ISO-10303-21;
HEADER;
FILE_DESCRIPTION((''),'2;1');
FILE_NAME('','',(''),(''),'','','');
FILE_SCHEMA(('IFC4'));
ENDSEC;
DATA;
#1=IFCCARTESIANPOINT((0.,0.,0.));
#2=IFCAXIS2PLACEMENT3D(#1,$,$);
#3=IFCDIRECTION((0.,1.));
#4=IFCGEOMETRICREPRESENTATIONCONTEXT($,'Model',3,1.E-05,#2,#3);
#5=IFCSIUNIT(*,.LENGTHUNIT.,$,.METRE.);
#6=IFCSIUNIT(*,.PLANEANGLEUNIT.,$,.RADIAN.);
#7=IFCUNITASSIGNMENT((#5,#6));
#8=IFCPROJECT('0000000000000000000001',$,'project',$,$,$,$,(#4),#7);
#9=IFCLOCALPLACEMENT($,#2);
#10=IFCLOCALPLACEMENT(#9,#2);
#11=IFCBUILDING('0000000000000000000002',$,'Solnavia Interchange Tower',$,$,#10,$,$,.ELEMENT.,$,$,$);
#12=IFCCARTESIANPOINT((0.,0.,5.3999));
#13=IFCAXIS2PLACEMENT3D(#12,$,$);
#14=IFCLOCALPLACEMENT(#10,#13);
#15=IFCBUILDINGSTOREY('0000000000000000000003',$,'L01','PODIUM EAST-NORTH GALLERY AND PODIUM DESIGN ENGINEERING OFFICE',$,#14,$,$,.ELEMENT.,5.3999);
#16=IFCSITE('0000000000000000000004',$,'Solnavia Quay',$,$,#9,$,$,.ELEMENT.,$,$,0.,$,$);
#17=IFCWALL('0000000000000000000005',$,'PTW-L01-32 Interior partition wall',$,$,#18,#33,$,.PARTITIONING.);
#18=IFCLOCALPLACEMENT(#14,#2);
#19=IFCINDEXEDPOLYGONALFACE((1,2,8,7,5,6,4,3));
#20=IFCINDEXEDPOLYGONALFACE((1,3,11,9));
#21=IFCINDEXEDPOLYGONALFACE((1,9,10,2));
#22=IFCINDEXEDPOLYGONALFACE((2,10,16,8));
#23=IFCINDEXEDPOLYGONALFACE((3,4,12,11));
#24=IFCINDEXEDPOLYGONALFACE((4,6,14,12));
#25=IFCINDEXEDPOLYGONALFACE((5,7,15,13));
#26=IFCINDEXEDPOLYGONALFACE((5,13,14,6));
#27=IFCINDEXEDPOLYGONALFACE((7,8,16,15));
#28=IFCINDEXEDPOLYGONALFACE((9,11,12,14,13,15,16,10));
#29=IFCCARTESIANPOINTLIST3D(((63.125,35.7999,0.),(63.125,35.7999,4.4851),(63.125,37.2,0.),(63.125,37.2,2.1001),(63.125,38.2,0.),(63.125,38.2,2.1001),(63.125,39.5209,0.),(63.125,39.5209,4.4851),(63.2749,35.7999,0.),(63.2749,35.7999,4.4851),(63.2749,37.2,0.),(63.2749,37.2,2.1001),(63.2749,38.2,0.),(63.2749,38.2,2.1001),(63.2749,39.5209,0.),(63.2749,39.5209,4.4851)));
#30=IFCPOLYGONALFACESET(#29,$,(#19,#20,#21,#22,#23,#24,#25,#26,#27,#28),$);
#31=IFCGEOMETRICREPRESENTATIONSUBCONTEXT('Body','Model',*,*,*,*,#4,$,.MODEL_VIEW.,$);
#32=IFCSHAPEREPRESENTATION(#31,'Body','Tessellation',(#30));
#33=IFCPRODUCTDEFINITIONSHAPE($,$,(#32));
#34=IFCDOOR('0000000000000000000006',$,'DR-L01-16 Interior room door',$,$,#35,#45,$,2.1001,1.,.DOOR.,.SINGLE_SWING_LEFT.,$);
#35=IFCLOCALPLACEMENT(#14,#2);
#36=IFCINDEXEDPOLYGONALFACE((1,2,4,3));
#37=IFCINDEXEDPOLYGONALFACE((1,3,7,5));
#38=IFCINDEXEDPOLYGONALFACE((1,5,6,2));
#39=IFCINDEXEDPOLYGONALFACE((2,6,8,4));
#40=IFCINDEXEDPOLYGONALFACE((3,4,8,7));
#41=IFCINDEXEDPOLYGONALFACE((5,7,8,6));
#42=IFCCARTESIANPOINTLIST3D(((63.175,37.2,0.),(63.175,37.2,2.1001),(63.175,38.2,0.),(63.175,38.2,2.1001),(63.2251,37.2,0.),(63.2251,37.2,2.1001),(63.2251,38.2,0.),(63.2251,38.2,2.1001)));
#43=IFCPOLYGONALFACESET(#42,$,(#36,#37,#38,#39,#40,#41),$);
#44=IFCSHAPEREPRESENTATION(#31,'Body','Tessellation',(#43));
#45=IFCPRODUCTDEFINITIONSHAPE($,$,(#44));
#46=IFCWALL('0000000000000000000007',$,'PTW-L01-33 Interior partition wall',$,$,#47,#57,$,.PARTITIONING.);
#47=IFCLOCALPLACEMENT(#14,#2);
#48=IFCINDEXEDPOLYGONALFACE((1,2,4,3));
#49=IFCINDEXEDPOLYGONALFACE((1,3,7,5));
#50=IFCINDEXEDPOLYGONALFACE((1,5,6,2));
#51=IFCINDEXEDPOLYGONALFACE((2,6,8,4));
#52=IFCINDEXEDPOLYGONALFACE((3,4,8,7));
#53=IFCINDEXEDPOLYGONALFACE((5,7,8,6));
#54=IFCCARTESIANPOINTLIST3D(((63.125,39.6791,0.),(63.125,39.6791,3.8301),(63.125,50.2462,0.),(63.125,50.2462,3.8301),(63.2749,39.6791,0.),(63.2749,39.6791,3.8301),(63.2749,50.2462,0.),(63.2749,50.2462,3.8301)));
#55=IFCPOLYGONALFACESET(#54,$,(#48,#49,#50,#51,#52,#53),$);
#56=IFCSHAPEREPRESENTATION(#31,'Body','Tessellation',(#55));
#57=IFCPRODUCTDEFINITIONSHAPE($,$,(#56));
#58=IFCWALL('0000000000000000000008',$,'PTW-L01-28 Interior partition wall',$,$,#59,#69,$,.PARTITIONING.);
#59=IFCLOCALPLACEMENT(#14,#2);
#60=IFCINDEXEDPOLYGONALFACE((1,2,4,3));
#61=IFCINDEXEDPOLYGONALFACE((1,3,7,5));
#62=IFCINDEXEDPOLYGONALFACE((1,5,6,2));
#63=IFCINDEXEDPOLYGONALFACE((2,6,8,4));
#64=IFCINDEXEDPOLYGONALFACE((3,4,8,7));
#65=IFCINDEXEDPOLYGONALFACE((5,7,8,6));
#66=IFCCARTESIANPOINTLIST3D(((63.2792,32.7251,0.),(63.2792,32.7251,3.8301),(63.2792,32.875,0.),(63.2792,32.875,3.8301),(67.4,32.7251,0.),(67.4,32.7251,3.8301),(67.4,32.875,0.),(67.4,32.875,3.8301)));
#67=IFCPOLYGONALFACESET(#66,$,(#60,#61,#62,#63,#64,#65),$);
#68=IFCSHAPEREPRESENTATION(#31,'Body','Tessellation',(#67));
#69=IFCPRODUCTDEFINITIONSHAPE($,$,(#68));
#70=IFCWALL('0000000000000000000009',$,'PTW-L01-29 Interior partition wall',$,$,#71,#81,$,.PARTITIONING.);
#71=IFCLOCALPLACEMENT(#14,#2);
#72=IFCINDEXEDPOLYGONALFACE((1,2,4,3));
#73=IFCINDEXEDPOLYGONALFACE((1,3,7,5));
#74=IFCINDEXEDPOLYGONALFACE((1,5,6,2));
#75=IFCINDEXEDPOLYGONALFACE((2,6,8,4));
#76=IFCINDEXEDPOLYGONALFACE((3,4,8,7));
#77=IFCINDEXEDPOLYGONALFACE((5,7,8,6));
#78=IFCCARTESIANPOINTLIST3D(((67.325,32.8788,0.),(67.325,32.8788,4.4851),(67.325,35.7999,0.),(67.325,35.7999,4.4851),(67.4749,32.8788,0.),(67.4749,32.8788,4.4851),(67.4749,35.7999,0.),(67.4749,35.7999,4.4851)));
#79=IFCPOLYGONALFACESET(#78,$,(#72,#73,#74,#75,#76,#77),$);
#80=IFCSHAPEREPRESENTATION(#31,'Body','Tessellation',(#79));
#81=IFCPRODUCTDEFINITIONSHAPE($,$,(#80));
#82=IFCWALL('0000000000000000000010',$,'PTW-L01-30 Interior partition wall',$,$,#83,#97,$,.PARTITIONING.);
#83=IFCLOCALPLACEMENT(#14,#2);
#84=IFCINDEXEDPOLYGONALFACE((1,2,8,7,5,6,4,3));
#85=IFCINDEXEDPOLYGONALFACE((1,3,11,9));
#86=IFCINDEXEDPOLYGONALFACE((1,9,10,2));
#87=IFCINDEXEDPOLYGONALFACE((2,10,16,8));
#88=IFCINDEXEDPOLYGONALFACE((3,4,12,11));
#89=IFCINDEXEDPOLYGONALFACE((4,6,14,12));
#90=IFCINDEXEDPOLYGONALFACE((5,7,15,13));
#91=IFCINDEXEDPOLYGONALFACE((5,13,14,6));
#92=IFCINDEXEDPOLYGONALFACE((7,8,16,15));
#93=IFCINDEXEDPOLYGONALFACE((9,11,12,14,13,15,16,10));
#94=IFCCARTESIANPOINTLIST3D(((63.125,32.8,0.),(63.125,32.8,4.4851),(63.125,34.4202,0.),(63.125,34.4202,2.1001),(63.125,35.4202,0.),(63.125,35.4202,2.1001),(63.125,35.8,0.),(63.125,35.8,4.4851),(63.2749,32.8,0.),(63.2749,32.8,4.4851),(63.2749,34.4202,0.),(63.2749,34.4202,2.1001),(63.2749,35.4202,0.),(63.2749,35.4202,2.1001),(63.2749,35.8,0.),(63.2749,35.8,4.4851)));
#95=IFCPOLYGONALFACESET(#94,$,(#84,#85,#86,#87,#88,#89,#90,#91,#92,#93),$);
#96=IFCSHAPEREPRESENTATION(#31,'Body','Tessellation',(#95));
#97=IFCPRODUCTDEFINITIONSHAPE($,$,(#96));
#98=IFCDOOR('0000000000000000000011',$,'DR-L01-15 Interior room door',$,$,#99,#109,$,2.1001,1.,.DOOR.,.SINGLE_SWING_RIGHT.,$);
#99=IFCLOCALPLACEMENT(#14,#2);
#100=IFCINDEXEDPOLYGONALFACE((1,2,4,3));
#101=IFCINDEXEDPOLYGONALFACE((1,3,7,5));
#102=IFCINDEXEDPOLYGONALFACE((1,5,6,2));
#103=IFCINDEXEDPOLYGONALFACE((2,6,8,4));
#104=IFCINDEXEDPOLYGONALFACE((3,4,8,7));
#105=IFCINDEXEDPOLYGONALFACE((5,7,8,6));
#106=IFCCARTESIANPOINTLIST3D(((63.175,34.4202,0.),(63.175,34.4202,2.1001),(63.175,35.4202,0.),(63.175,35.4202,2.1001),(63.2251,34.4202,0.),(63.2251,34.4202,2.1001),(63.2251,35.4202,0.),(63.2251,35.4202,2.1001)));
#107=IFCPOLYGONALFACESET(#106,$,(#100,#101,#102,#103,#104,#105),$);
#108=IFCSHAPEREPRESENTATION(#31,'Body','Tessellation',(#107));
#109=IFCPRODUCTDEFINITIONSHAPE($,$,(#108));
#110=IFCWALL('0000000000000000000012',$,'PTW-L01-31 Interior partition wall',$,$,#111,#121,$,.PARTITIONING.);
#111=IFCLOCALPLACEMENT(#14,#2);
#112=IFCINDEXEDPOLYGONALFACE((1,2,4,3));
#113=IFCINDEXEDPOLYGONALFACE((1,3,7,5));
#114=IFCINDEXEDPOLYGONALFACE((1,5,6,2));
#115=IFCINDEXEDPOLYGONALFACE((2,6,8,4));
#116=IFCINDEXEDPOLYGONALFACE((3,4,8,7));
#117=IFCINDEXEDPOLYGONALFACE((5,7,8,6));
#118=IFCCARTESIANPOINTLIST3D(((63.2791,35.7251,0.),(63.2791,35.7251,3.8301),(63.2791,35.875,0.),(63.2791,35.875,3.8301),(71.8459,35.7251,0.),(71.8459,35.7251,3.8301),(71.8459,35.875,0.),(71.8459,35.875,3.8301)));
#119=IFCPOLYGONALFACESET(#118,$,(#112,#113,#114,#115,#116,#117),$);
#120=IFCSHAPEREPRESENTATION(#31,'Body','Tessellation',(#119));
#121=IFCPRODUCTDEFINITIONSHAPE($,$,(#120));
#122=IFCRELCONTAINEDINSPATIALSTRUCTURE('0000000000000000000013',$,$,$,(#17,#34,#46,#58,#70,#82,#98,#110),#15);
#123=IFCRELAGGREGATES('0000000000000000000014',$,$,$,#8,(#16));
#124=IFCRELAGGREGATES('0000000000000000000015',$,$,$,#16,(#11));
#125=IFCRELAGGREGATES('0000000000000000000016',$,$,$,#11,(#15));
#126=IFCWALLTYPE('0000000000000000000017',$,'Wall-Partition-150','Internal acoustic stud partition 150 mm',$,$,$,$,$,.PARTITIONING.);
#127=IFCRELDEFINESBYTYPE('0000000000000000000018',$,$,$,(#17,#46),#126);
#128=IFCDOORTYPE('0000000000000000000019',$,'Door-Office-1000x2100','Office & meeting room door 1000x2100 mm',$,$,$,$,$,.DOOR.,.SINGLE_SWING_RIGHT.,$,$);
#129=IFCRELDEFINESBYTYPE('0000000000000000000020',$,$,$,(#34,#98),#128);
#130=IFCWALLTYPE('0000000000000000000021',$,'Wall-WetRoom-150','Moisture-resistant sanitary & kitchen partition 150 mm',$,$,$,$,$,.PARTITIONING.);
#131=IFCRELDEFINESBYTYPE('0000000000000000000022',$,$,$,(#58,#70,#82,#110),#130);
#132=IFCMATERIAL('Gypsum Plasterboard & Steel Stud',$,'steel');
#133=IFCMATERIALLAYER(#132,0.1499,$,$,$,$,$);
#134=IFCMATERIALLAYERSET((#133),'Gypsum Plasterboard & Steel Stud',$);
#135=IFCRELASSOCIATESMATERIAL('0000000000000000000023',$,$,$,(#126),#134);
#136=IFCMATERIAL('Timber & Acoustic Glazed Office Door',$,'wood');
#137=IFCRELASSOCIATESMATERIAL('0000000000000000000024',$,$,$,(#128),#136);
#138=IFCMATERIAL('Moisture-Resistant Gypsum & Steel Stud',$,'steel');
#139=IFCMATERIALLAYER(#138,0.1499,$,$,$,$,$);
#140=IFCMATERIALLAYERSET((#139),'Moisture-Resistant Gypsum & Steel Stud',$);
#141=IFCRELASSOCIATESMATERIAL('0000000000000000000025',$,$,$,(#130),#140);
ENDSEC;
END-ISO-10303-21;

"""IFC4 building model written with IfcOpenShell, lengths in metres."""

from ifc_helpers import new_model, si_unit, direction, frame, frame_2d, origin, place, context, subcontext, project, spatial, rectangle, extrude, material, layer, layer_set, type_object, element, fill, save


model = new_model("IFC4")

# Units and contexts
model_context = context("Model", 3, precision=1e-05, world=origin(), true_north=direction((0.0, 1.0)))
body_context = subcontext(model_context, "Body", "Model", "MODEL_VIEW")
ifc_project = project(units=[si_unit("LENGTHUNIT", "METRE"), si_unit("PLANEANGLEUNIT", "RADIAN")], contexts=[model_context])

# Site, building, storey
site_placement = place(None, origin())
site = spatial("IfcSite", under=ifc_project, at=site_placement, Name="Solnavia Quay", CompositionType="ELEMENT", RefElevation=0.0)
building_placement = place(site_placement, origin())
building = spatial("IfcBuilding", under=site, at=building_placement, Name="Solnavia Interchange Tower", CompositionType="ELEMENT")
storey_placement = place(building_placement, frame((0.0, 0.0, 5.3999)))
storey = spatial("IfcBuildingStorey", under=building, at=storey_placement, Name="L01", Description="PODIUM EAST-NORTH GALLERY AND PODIUM DESIGN ENGINEERING OFFICE", CompositionType="ELEMENT", Elevation=5.3999)

# Wall, opening, door
ifc_material_1 = material(Name="Gypsum Plasterboard & Steel Stud", Category="steel")
ifc_layer_1 = layer(ifc_material_1, 0.1499)
ifc_layer_set_1 = layer_set([ifc_layer_1], Name="Gypsum Plasterboard & Steel Stud")
wall_type_1 = type_object("IfcWallType", Name="Wall-Partition-150", Description="Internal acoustic stud partition 150 mm", PredefinedType="PARTITIONING", material=ifc_layer_set_1)
wall_1_placement = place(storey_placement, frame((63.2, 35.8, 0.0), z_axis=(0.0, 0.0, 1.0), x_axis=(0.0, 1.0, 0.0)))
wall_1 = element("IfcWall", 1, at=wall_1_placement, inside=storey, type_object=wall_type_1, Name="PTW-L01-32 Interior partition wall", PredefinedType="PARTITIONING", context=body_context, shape_type="SweptSolid", body=[
    extrude(rectangle(XDim=3.7209, YDim=0.1499, at=frame_2d((1.8604, 0.0))), origin(), (0.0, 0.0, 1.0), 4.4851),
])
opening_1_placement = place(wall_1_placement, frame((1.3999, 0.0, 0.0)))
opening_1 = element("IfcOpeningElement", 2, at=opening_1_placement, cuts=wall_1, PredefinedType="OPENING", context=body_context, shape_type="SweptSolid", body=[
    extrude(rectangle(XDim=1.0, YDim=2.1001, at=frame_2d((0.5, 1.05))), frame((0.0, 0.085, 0.0), z_axis=(0.0, -1.0, 0.0), x_axis=(1.0, 0.0, 0.0)), (0.0, 0.0, 1.0), 0.1699),
])
ifc_material_2 = material(Name="Timber & Acoustic Glazed Office Door", Category="wood")
door_type = type_object("IfcDoorType", Name="Door-Office-1000x2100", Description="Office & meeting room door 1000x2100 mm", OperationType="SINGLE_SWING_RIGHT", PredefinedType="DOOR", material=ifc_material_2)
door_1_placement = place(opening_1_placement, origin())
door_1 = element("IfcDoor", 3, at=door_1_placement, inside=storey, type_object=door_type, Name="DR-L01-16 Interior room door", OperationType="SINGLE_SWING_LEFT", OverallHeight=2.1001, OverallWidth=1.0, PredefinedType="DOOR", context=body_context, shape_type="SweptSolid", body=[
    extrude(rectangle(XDim=1.0, YDim=2.1001, at=frame_2d((0.5, 1.05))), frame((0.0, 0.0249, 0.0), z_axis=(0.0, -1.0, 0.0), x_axis=(1.0, 0.0, 0.0)), (0.0, 0.0, 1.0), 0.05),
])
fill(opening_1, door_1)

# Walls
wall_2_placement = place(storey_placement, frame((63.2, 39.679, 0.0), z_axis=(0.0, 0.0, 1.0), x_axis=(0.0, 1.0, 0.0)))
element("IfcWall", 4, at=wall_2_placement, inside=storey, type_object=wall_type_1, Name="PTW-L01-33 Interior partition wall", PredefinedType="PARTITIONING", context=body_context, shape_type="SweptSolid", body=[
    extrude(rectangle(XDim=10.5671, YDim=0.1499, at=frame_2d((5.2837, 0.0))), origin(), (0.0, 0.0, 1.0), 3.8301),
])
ifc_material_3 = material(Name="Moisture-Resistant Gypsum & Steel Stud", Category="steel")
ifc_layer_2 = layer(ifc_material_3, 0.1499)
ifc_layer_set_2 = layer_set([ifc_layer_2], Name="Moisture-Resistant Gypsum & Steel Stud")
wall_type_2 = type_object("IfcWallType", Name="Wall-WetRoom-150", Description="Moisture-resistant sanitary & kitchen partition 150 mm", PredefinedType="PARTITIONING", material=ifc_layer_set_2)
wall_3_placement = place(storey_placement, frame((63.2791, 32.8, 0.0), z_axis=(0.0, 0.0, 1.0), x_axis=(1.0, 0.0, 0.0)))
element("IfcWall", 5, at=wall_3_placement, inside=storey, type_object=wall_type_2, Name="PTW-L01-28 Interior partition wall", PredefinedType="PARTITIONING", context=body_context, shape_type="SweptSolid", body=[
    extrude(rectangle(XDim=4.1208, YDim=0.1499, at=frame_2d((2.0605, 0.0))), origin(), (0.0, 0.0, 1.0), 3.8301),
])
wall_4_placement = place(storey_placement, frame((67.3999, 32.8789, 0.0), z_axis=(0.0, 0.0, 1.0), x_axis=(0.0, 1.0, 0.0)))
element("IfcWall", 6, at=wall_4_placement, inside=storey, type_object=wall_type_2, Name="PTW-L01-29 Interior partition wall", PredefinedType="PARTITIONING", context=body_context, shape_type="SweptSolid", body=[
    extrude(rectangle(XDim=2.9211, YDim=0.1499, at=frame_2d((1.4604, 0.0))), origin(), (0.0, 0.0, 1.0), 4.4851),
])

# Wall, opening, door
wall_5_placement = place(storey_placement, frame((63.2, 32.8, 0.0), z_axis=(0.0, 0.0, 1.0), x_axis=(0.0, 1.0, 0.0)))
wall_5 = element("IfcWall", 7, at=wall_5_placement, inside=storey, type_object=wall_type_2, Name="PTW-L01-30 Interior partition wall", PredefinedType="PARTITIONING", context=body_context, shape_type="SweptSolid", body=[
    extrude(rectangle(XDim=3.0, YDim=0.1499, at=frame_2d((1.5, 0.0))), origin(), (0.0, 0.0, 1.0), 4.4851),
])
opening_2_placement = place(wall_5_placement, frame((1.6201, 0.0, 0.0)))
opening_2 = element("IfcOpeningElement", 8, at=opening_2_placement, cuts=wall_5, PredefinedType="OPENING", context=body_context, shape_type="SweptSolid", body=[
    extrude(rectangle(XDim=1.0, YDim=2.1001, at=frame_2d((0.5, 1.05))), frame((0.0, 0.085, 0.0), z_axis=(0.0, -1.0, 0.0), x_axis=(1.0, 0.0, 0.0)), (0.0, 0.0, 1.0), 0.1699),
])
door_2_placement = place(opening_2_placement, origin())
door_2 = element("IfcDoor", 9, at=door_2_placement, inside=storey, type_object=door_type, Name="DR-L01-15 Interior room door", OperationType="SINGLE_SWING_RIGHT", OverallHeight=2.1001, OverallWidth=1.0, PredefinedType="DOOR", context=body_context, shape_type="SweptSolid", body=[
    extrude(rectangle(XDim=1.0, YDim=2.1001, at=frame_2d((0.5, 1.05))), frame((0.0, 0.0249, 0.0), z_axis=(0.0, -1.0, 0.0), x_axis=(1.0, 0.0, 0.0)), (0.0, 0.0, 1.0), 0.05),
])
fill(opening_2, door_2)

# Wall
wall_6_placement = place(storey_placement, frame((63.2791, 35.8, 0.0), z_axis=(0.0, 0.0, 1.0), x_axis=(1.0, 0.0, 0.0)))
element("IfcWall", 10, at=wall_6_placement, inside=storey, type_object=wall_type_2, Name="PTW-L01-31 Interior partition wall", PredefinedType="PARTITIONING", context=body_context, shape_type="SweptSolid", body=[
    extrude(rectangle(XDim=8.5669, YDim=0.1499, at=frame_2d((4.2834, 0.0))), origin(), (0.0, 0.0, 1.0), 3.8301),
])

save(model, "model.ifc")
